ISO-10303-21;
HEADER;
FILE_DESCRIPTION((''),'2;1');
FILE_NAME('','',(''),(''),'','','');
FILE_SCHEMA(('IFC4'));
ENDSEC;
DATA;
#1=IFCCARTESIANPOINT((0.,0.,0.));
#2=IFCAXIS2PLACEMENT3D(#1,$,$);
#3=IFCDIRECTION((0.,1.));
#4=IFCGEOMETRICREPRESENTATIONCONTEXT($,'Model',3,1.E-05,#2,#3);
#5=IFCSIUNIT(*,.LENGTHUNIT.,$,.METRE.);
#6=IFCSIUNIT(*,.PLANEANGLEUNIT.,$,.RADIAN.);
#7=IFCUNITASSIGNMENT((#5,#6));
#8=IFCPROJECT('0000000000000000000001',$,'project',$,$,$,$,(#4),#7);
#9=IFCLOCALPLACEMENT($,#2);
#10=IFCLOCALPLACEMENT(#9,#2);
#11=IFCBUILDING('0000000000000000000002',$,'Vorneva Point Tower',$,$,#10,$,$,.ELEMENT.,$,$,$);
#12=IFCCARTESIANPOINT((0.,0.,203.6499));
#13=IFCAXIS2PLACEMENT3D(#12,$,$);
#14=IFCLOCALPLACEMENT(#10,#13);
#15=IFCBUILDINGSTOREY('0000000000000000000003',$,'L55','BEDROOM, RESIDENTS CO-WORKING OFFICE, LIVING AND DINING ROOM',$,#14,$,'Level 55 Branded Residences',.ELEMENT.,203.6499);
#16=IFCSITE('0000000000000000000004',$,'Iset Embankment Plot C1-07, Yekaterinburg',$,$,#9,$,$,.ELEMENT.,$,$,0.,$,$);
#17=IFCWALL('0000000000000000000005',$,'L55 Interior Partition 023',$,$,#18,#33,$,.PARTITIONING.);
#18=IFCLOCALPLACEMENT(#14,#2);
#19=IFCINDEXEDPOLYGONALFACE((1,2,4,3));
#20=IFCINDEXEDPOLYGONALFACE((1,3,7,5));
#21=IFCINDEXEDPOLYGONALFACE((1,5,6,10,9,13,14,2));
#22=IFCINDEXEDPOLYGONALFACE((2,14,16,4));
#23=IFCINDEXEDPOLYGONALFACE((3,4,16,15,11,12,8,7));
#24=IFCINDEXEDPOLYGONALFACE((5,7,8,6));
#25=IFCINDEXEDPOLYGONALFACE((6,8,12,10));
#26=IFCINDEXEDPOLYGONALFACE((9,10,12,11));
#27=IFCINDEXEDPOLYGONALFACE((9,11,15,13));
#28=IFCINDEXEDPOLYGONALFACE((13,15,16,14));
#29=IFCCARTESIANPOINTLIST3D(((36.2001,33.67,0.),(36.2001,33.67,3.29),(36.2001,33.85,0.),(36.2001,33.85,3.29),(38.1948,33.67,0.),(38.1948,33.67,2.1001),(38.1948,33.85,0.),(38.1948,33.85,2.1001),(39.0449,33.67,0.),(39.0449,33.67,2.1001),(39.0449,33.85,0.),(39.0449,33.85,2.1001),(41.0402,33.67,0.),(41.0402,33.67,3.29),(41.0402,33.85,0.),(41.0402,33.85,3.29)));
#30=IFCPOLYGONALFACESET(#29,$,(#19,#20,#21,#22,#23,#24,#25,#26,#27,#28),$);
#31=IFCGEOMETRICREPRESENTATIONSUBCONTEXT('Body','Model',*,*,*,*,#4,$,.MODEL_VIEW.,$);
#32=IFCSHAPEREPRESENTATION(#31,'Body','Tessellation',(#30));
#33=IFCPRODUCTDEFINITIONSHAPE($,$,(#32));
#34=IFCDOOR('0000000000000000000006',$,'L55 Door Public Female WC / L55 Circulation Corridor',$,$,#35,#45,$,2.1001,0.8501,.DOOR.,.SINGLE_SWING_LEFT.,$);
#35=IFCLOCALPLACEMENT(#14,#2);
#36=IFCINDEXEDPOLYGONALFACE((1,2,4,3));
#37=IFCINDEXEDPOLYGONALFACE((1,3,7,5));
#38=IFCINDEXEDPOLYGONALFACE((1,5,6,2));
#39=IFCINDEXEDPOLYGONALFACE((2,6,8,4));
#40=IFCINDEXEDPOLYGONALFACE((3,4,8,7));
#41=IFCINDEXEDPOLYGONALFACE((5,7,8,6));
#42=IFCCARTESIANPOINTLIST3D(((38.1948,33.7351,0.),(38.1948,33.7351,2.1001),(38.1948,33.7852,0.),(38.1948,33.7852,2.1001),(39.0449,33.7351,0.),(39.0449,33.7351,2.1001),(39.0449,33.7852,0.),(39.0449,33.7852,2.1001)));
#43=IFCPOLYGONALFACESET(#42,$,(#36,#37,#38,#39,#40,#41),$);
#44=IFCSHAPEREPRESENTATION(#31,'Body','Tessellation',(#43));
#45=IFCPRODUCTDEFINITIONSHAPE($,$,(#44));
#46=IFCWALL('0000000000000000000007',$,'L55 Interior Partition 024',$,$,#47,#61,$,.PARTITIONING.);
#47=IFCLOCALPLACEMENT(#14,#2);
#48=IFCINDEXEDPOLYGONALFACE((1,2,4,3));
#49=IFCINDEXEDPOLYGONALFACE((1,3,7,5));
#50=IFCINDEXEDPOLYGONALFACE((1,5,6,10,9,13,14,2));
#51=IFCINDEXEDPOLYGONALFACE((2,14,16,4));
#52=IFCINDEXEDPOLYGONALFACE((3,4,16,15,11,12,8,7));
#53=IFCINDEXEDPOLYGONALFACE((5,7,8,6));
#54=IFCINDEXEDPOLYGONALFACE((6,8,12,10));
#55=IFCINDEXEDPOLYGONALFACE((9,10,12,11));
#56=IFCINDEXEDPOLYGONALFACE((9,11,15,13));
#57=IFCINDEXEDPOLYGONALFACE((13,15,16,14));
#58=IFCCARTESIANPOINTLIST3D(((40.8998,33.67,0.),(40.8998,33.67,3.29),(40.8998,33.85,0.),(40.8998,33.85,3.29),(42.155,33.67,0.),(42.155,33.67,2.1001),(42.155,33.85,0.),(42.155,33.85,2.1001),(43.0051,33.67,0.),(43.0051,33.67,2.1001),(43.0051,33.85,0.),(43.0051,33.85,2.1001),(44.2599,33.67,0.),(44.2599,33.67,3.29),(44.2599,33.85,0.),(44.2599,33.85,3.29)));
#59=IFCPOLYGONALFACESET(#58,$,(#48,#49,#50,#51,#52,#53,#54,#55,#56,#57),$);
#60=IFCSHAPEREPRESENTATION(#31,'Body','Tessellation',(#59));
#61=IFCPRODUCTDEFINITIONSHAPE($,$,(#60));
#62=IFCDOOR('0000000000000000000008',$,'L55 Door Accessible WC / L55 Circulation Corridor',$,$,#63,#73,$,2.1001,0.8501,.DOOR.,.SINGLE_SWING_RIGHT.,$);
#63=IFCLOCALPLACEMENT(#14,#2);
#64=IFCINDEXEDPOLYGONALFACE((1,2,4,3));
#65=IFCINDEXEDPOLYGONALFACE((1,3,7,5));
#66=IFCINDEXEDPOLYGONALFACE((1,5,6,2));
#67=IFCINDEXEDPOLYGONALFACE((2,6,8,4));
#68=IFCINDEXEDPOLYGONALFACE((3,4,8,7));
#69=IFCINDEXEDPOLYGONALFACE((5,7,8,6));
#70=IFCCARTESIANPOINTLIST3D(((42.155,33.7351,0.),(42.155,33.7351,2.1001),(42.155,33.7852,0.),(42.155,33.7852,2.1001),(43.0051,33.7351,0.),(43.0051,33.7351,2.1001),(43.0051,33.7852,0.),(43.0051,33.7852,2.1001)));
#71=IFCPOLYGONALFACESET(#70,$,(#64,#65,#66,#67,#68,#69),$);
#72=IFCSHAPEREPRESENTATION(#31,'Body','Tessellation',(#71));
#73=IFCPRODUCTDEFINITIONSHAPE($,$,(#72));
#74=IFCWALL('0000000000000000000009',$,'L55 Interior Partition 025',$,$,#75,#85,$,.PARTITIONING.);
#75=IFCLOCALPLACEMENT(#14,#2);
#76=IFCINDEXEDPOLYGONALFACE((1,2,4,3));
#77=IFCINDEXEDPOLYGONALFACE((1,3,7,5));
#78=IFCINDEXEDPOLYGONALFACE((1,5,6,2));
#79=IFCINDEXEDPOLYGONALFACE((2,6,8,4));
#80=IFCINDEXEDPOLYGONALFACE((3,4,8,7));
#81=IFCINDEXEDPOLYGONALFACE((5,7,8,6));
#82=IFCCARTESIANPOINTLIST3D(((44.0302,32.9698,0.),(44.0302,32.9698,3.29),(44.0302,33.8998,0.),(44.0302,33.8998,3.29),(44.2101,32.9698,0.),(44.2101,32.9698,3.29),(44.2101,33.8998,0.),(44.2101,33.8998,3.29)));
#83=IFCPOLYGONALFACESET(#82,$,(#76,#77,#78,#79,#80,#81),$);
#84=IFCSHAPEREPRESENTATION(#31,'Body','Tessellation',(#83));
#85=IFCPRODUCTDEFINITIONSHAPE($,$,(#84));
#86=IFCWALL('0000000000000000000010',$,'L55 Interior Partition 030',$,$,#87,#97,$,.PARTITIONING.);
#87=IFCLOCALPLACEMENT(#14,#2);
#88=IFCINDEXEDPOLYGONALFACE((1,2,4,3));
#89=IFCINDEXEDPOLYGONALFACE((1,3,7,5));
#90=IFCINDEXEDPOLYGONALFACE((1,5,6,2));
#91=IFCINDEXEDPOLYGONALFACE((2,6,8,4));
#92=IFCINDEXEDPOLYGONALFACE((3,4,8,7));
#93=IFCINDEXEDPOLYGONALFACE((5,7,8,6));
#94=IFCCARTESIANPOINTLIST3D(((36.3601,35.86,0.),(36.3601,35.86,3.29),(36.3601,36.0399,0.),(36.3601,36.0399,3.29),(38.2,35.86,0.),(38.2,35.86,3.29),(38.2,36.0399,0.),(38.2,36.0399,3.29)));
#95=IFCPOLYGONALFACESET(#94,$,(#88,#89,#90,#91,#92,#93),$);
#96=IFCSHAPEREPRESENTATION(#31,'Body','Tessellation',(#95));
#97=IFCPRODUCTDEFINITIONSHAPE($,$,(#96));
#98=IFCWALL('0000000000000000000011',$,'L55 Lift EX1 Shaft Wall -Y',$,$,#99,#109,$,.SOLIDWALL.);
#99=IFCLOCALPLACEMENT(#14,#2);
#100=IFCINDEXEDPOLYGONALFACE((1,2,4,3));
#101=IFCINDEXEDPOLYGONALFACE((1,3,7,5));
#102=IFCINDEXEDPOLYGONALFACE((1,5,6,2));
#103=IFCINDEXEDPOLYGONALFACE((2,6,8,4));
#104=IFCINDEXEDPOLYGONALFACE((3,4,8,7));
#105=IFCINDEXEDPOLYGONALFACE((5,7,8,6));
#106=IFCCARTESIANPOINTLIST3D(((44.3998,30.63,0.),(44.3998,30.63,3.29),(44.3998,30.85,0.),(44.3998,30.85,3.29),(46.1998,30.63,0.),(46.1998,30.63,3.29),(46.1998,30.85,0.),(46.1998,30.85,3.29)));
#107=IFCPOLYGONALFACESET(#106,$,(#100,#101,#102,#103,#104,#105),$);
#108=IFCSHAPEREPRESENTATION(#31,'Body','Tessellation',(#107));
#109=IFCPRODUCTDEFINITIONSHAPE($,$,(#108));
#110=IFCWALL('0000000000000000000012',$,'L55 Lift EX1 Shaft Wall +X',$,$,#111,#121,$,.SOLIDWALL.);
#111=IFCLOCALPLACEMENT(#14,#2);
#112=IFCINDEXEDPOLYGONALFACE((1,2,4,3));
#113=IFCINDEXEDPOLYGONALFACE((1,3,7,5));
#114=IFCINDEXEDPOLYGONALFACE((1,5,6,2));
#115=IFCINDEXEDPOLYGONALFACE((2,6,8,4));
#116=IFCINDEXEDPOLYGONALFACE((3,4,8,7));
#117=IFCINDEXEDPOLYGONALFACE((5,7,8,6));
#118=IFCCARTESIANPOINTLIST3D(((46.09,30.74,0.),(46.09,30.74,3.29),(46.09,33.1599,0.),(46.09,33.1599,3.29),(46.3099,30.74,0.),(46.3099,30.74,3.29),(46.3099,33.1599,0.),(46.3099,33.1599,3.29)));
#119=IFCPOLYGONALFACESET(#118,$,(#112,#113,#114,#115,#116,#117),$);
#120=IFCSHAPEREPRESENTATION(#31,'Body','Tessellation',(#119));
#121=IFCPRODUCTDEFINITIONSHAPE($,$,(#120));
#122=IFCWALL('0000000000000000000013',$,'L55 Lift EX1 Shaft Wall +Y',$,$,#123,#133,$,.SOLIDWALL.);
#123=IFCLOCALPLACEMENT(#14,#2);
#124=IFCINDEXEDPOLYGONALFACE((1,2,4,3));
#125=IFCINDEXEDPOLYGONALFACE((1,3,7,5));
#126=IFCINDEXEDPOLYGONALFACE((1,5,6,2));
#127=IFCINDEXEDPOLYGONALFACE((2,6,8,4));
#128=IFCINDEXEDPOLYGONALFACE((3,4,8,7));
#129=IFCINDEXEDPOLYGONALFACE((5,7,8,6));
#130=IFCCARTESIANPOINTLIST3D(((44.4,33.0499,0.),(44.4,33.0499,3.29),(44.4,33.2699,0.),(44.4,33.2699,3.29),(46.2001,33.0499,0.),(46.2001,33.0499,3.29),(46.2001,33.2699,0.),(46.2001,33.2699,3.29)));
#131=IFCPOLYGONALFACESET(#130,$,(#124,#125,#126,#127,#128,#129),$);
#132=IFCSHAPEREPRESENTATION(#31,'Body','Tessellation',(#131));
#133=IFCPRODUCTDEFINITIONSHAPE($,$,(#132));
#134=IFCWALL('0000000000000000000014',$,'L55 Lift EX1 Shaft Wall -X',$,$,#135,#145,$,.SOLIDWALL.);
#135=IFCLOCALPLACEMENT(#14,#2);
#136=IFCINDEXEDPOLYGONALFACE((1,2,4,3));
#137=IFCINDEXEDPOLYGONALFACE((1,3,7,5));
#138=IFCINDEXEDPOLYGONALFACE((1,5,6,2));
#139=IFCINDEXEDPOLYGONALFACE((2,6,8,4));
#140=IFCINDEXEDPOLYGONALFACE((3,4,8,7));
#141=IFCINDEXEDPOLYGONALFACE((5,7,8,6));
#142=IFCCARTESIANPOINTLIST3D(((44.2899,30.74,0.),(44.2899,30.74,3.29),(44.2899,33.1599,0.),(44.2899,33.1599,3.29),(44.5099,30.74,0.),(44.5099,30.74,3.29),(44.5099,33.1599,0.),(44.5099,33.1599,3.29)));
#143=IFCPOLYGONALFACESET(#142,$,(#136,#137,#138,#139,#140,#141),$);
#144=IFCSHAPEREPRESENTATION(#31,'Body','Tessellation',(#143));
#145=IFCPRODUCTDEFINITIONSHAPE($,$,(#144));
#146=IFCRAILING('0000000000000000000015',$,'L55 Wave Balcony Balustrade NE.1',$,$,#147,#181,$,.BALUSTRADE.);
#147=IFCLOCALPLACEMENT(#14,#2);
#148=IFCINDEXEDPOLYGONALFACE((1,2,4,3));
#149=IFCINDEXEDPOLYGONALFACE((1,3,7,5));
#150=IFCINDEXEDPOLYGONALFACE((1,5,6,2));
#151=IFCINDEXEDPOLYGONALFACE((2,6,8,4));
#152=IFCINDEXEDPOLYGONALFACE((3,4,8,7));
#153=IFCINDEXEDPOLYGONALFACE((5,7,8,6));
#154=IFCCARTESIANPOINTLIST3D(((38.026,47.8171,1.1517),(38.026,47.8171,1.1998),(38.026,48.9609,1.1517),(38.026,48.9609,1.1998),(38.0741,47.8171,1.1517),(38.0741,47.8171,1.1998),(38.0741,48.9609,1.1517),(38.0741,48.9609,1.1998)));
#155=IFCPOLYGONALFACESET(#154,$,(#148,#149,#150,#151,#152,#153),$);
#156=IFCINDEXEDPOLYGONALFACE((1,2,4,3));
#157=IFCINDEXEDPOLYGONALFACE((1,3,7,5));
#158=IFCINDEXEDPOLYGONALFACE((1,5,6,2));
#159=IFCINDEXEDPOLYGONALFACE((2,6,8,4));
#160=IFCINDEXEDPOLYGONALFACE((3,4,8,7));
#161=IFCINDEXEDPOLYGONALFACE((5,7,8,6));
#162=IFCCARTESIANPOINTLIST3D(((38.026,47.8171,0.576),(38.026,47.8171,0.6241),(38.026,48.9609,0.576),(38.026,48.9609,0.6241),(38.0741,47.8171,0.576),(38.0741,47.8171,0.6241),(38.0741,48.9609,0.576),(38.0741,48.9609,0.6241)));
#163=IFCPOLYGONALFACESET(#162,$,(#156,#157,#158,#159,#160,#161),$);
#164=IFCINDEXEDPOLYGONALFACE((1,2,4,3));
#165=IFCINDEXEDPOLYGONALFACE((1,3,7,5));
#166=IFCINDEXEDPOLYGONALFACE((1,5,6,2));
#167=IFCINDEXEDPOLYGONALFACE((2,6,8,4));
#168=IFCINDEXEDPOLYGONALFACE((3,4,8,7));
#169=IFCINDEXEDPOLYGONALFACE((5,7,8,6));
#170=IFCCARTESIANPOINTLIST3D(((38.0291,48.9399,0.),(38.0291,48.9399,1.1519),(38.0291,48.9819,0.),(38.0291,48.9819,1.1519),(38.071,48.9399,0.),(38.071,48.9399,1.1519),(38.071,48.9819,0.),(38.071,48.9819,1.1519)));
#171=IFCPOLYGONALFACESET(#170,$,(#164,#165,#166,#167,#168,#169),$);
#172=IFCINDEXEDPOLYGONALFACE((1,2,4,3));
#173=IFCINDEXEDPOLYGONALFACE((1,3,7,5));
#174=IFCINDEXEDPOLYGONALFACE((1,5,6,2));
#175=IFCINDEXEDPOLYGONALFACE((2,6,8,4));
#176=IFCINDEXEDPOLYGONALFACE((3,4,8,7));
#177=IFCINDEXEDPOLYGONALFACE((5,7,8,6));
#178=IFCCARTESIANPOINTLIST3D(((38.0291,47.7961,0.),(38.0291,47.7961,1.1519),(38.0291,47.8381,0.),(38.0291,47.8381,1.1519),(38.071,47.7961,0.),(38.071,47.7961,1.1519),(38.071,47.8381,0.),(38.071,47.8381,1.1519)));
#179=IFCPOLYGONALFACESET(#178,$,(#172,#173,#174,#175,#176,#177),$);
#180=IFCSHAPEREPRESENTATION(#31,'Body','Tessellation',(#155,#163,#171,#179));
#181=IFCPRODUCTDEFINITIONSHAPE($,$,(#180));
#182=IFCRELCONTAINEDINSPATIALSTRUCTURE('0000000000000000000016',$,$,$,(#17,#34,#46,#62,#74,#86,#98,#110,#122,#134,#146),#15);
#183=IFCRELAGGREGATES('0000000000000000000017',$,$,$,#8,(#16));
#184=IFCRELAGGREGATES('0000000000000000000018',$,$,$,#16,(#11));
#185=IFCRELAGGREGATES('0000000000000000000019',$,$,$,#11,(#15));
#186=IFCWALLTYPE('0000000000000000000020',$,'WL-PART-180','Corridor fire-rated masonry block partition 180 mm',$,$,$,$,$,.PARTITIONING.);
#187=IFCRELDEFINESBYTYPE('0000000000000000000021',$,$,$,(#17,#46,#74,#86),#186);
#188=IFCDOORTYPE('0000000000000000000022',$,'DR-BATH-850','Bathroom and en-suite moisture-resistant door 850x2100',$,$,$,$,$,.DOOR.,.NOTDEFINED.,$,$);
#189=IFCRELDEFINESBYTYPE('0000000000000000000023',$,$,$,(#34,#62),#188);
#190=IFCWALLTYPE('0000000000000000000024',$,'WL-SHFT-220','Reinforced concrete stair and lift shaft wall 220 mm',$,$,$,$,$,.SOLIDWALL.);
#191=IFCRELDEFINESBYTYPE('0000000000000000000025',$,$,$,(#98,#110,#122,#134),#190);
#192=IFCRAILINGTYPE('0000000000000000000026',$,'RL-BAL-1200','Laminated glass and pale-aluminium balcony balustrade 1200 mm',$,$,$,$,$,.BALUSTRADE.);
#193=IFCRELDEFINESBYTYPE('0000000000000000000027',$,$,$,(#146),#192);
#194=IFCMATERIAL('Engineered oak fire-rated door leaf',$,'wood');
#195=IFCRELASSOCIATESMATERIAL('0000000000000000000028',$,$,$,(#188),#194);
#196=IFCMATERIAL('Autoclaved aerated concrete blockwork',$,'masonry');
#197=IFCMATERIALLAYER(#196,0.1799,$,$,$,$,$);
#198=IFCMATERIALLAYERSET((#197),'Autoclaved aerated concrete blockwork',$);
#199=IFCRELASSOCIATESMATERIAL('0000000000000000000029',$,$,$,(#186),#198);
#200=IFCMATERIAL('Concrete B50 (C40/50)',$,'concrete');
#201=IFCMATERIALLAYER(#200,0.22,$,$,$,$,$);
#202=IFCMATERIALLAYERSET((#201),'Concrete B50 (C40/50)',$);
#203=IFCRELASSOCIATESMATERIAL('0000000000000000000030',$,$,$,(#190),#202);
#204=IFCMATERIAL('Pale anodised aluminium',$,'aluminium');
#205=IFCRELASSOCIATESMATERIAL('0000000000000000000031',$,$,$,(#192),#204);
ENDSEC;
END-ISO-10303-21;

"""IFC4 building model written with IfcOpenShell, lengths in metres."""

from ifc_helpers import new_model, si_unit, direction, frame, frame_2d, origin, origin_2d, place, context, subcontext, project, spatial, rectangle, extrude, material, layer, layer_set, type_object, element, fill, save


model = new_model("IFC4")

# Units and contexts
model_context = context("Model", 3, precision=1e-05, world=origin(), true_north=direction((0.0, 1.0)))
body_context = subcontext(model_context, "Body", "Model", "MODEL_VIEW")
ifc_project = project(units=[si_unit("LENGTHUNIT", "METRE"), si_unit("PLANEANGLEUNIT", "RADIAN")], contexts=[model_context])

# Site, building, storey
site_placement = place(None, origin())
site = spatial("IfcSite", under=ifc_project, at=site_placement, Name="Iset Embankment Plot C1-07, Yekaterinburg", CompositionType="ELEMENT", RefElevation=0.0)
building_placement = place(site_placement, origin())
building = spatial("IfcBuilding", under=site, at=building_placement, Name="Vorneva Point Tower", CompositionType="ELEMENT")
storey_placement = place(building_placement, frame((0.0, 0.0, 203.6499)))
storey = spatial("IfcBuildingStorey", under=building, at=storey_placement, Name="L55", Description="BEDROOM, RESIDENTS CO-WORKING OFFICE, LIVING AND DINING ROOM", LongName="Level 55 Branded Residences", CompositionType="ELEMENT", Elevation=203.6499)

# Shared definitions
ifc_material_1 = material(Name="Concrete B50 (C40/50)", Category="concrete")

# Shared definitions
ifc_material_2 = material(Name="Pale anodised aluminium", Category="aluminium")

# Shared definitions
ifc_material_3 = material(Name="Engineered oak fire-rated door leaf", Category="wood")
door_type_1 = type_object("IfcDoorType", Name="DR-BATH-850", Description="Bathroom and en-suite moisture-resistant door 850x2100", OperationType="NOTDEFINED", PredefinedType="DOOR", material=ifc_material_3)

# Walls, openings, doors
ifc_material_4 = material(Name="Autoclaved aerated concrete blockwork", Category="masonry")
ifc_layer_1 = layer(ifc_material_4, 0.1799)
ifc_layer_set_1 = layer_set([ifc_layer_1], Name="Autoclaved aerated concrete blockwork")
wall_type_1 = type_object("IfcWallType", Name="WL-PART-180", Description="Corridor fire-rated masonry block partition 180 mm", PredefinedType="PARTITIONING", material=ifc_layer_set_1)
wall_1_placement = place(storey_placement, frame((41.04, 33.76, 0.0), z_axis=(0.0, 0.0, 1.0), x_axis=(-1.0, 0.0, 0.0)))
wall_1 = element("IfcWall", 1, at=wall_1_placement, inside=storey, type_object=wall_type_1, Name="L55 Interior Partition 023", PredefinedType="PARTITIONING", context=body_context, shape_type="SweptSolid", body=[
    extrude(rectangle(XDim=4.8401, YDim=0.1799, at=frame_2d((2.4199, 0.0))), origin(), (0.0, 0.0, 1.0), 3.29),
])
opening_1_placement = place(wall_1_placement, frame((1.9951, 0.0, 0.0)))
opening_1 = element("IfcOpeningElement", 2, at=opening_1_placement, cuts=wall_1, PredefinedType="OPENING", context=body_context, shape_type="SweptSolid", body=[
    extrude(rectangle(XDim=0.8501, YDim=2.1001, at=frame_2d((0.425, 1.05))), frame((0.0, 0.105, 0.0), z_axis=(0.0, -1.0, 0.0), x_axis=(1.0, 0.0, 0.0)), (0.0, 0.0, 1.0), 0.2097),
])
door_1_placement = place(opening_1_placement, origin())
door_1 = element("IfcDoor", 3, at=door_1_placement, inside=storey, type_object=door_type_1, Name="L55 Door Public Female WC / L55 Circulation Corridor", OperationType="SINGLE_SWING_LEFT", OverallHeight=2.1001, OverallWidth=0.8501, PredefinedType="DOOR", context=body_context, shape_type="SweptSolid", body=[
    extrude(rectangle(XDim=0.8501, YDim=2.1001, at=frame_2d((0.425, 1.05))), frame((0.0, 0.0249, 0.0), z_axis=(0.0, -1.0, 0.0), x_axis=(1.0, 0.0, 0.0)), (0.0, 0.0, 1.0), 0.05),
])
fill(opening_1, door_1)
wall_2_placement = place(storey_placement, frame((44.26, 33.76, 0.0), z_axis=(0.0, 0.0, 1.0), x_axis=(-1.0, 0.0, 0.0)))
wall_2 = element("IfcWall", 4, at=wall_2_placement, inside=storey, type_object=wall_type_1, Name="L55 Interior Partition 024", PredefinedType="PARTITIONING", context=body_context, shape_type="SweptSolid", body=[
    extrude(rectangle(XDim=3.3601, YDim=0.1799, at=frame_2d((1.6802, 0.0))), origin(), (0.0, 0.0, 1.0), 3.29),
])
opening_2_placement = place(wall_2_placement, frame((1.2549, 0.0, 0.0)))
opening_2 = element("IfcOpeningElement", 5, at=opening_2_placement, cuts=wall_2, PredefinedType="OPENING", context=body_context, shape_type="SweptSolid", body=[
    extrude(rectangle(XDim=0.8501, YDim=2.1001, at=frame_2d((0.425, 1.05))), frame((0.0, 0.105, 0.0), z_axis=(0.0, -1.0, 0.0), x_axis=(1.0, 0.0, 0.0)), (0.0, 0.0, 1.0), 0.2097),
])
door_2_placement = place(opening_2_placement, origin())
door_2 = element("IfcDoor", 6, at=door_2_placement, inside=storey, type_object=door_type_1, Name="L55 Door Accessible WC / L55 Circulation Corridor", OperationType="SINGLE_SWING_RIGHT", OverallHeight=2.1001, OverallWidth=0.8501, PredefinedType="DOOR", context=body_context, shape_type="SweptSolid", body=[
    extrude(rectangle(XDim=0.8501, YDim=2.1001, at=frame_2d((0.425, 1.05))), frame((0.0, 0.0249, 0.0), z_axis=(0.0, -1.0, 0.0), x_axis=(1.0, 0.0, 0.0)), (0.0, 0.0, 1.0), 0.05),
])
fill(opening_2, door_2)

# Wall
wall_3_placement = place(storey_placement, frame((44.1201, 32.97, 0.0), z_axis=(0.0, 0.0, 1.0), x_axis=(0.0, 1.0, 0.0)))
element("IfcWall", 7, at=wall_3_placement, inside=storey, type_object=wall_type_1, Name="L55 Interior Partition 025", PredefinedType="PARTITIONING", context=body_context, shape_type="SweptSolid", body=[
    extrude(rectangle(XDim=0.9299, YDim=0.1799, at=frame_2d((0.4648, 0.0))), origin(), (0.0, 0.0, 1.0), 3.29),
])

# Walls
wall_4_placement = place(storey_placement, frame((38.2, 35.95, 0.0), z_axis=(0.0, 0.0, 1.0), x_axis=(-1.0, 0.0, 0.0)))
element("IfcWall", 8, at=wall_4_placement, inside=storey, type_object=wall_type_1, Name="L55 Interior Partition 030", PredefinedType="PARTITIONING", context=body_context, shape_type="SweptSolid", body=[
    extrude(rectangle(XDim=1.8398, YDim=0.1799, at=frame_2d((0.9199, 0.0))), origin(), (0.0, 0.0, 1.0), 3.29),
])
ifc_layer_2 = layer(ifc_material_1, 0.22)
ifc_layer_set_2 = layer_set([ifc_layer_2], Name="Concrete B50 (C40/50)")
wall_type_2 = type_object("IfcWallType", Name="WL-SHFT-220", Description="Reinforced concrete stair and lift shaft wall 220 mm", PredefinedType="SOLIDWALL", material=ifc_layer_set_2)
wall_5_placement = place(storey_placement, frame((44.3999, 30.74, 0.0), z_axis=(0.0, 0.0, 1.0), x_axis=(1.0, 0.0, 0.0)))
element("IfcWall", 9, at=wall_5_placement, inside=storey, type_object=wall_type_2, Name="L55 Lift EX1 Shaft Wall -Y", PredefinedType="SOLIDWALL", context=body_context, shape_type="SweptSolid", body=[
    extrude(rectangle(XDim=1.8, YDim=0.22, at=frame_2d((0.8999, 0.0))), origin(), (0.0, 0.0, 1.0), 3.29),
])
wall_6_placement = place(storey_placement, frame((46.2, 30.74, 0.0), z_axis=(0.0, 0.0, 1.0), x_axis=(0.0, 1.0, 0.0)))
element("IfcWall", 10, at=wall_6_placement, inside=storey, type_object=wall_type_2, Name="L55 Lift EX1 Shaft Wall +X", PredefinedType="SOLIDWALL", context=body_context, shape_type="SweptSolid", body=[
    extrude(rectangle(XDim=2.4199, YDim=0.22, at=frame_2d((1.21, 0.0))), origin(), (0.0, 0.0, 1.0), 3.29),
])
wall_7_placement = place(storey_placement, frame((46.2, 33.1599, 0.0), z_axis=(0.0, 0.0, 1.0), x_axis=(-1.0, 0.0, 0.0)))
element("IfcWall", 11, at=wall_7_placement, inside=storey, type_object=wall_type_2, Name="L55 Lift EX1 Shaft Wall +Y", PredefinedType="SOLIDWALL", context=body_context, shape_type="SweptSolid", body=[
    extrude(rectangle(XDim=1.8, YDim=0.22, at=frame_2d((0.8999, 0.0))), origin(), (0.0, 0.0, 1.0), 3.29),
])
wall_8_placement = place(storey_placement, frame((44.3999, 33.1599, 0.0), z_axis=(0.0, 0.0, 1.0), x_axis=(0.0, -1.0, 0.0)))
element("IfcWall", 12, at=wall_8_placement, inside=storey, type_object=wall_type_2, Name="L55 Lift EX1 Shaft Wall -X", PredefinedType="SOLIDWALL", context=body_context, shape_type="SweptSolid", body=[
    extrude(rectangle(XDim=2.4199, YDim=0.22, at=frame_2d((1.21, 0.0))), origin(), (0.0, 0.0, 1.0), 3.29),
])

# Railing
railing_type = type_object("IfcRailingType", Name="RL-BAL-1200", Description="Laminated glass and pale-aluminium balcony balustrade 1200 mm", PredefinedType="BALUSTRADE", material=ifc_material_2)
railing_placement = place(storey_placement, frame((38.05, 48.9609, 0.0)))
element("IfcRailing", 13, at=railing_placement, inside=storey, type_object=railing_type, Name="L55 Wave Balcony Balustrade NE.1", PredefinedType="BALUSTRADE", context=body_context, shape_type="SweptSolid", body=[
    extrude(rectangle(XDim=0.0481, YDim=0.0481, at=origin_2d()), frame((0.0, 0.0, 1.1758), z_axis=(0.0, -1.0, 0.0), x_axis=(1.0, 0.0, 0.0)), (0.0, 0.0, 1.0), 1.1438),
    extrude(rectangle(XDim=0.0481, YDim=0.0481, at=origin_2d()), frame((0.0, 0.0, 0.6001), z_axis=(0.0, -1.0, 0.0), x_axis=(1.0, 0.0, 0.0)), (0.0, 0.0, 1.0), 1.1438),
    extrude(rectangle(XDim=0.042, YDim=0.042, at=origin_2d()), origin(), (0.0, 0.0, 1.0), 1.1519),
    extrude(rectangle(XDim=0.042, YDim=0.042, at=origin_2d()), frame((0.0, -1.1438, 0.0)), (0.0, 0.0, 1.0), 1.1519),
])

save(model, "model.ifc")
